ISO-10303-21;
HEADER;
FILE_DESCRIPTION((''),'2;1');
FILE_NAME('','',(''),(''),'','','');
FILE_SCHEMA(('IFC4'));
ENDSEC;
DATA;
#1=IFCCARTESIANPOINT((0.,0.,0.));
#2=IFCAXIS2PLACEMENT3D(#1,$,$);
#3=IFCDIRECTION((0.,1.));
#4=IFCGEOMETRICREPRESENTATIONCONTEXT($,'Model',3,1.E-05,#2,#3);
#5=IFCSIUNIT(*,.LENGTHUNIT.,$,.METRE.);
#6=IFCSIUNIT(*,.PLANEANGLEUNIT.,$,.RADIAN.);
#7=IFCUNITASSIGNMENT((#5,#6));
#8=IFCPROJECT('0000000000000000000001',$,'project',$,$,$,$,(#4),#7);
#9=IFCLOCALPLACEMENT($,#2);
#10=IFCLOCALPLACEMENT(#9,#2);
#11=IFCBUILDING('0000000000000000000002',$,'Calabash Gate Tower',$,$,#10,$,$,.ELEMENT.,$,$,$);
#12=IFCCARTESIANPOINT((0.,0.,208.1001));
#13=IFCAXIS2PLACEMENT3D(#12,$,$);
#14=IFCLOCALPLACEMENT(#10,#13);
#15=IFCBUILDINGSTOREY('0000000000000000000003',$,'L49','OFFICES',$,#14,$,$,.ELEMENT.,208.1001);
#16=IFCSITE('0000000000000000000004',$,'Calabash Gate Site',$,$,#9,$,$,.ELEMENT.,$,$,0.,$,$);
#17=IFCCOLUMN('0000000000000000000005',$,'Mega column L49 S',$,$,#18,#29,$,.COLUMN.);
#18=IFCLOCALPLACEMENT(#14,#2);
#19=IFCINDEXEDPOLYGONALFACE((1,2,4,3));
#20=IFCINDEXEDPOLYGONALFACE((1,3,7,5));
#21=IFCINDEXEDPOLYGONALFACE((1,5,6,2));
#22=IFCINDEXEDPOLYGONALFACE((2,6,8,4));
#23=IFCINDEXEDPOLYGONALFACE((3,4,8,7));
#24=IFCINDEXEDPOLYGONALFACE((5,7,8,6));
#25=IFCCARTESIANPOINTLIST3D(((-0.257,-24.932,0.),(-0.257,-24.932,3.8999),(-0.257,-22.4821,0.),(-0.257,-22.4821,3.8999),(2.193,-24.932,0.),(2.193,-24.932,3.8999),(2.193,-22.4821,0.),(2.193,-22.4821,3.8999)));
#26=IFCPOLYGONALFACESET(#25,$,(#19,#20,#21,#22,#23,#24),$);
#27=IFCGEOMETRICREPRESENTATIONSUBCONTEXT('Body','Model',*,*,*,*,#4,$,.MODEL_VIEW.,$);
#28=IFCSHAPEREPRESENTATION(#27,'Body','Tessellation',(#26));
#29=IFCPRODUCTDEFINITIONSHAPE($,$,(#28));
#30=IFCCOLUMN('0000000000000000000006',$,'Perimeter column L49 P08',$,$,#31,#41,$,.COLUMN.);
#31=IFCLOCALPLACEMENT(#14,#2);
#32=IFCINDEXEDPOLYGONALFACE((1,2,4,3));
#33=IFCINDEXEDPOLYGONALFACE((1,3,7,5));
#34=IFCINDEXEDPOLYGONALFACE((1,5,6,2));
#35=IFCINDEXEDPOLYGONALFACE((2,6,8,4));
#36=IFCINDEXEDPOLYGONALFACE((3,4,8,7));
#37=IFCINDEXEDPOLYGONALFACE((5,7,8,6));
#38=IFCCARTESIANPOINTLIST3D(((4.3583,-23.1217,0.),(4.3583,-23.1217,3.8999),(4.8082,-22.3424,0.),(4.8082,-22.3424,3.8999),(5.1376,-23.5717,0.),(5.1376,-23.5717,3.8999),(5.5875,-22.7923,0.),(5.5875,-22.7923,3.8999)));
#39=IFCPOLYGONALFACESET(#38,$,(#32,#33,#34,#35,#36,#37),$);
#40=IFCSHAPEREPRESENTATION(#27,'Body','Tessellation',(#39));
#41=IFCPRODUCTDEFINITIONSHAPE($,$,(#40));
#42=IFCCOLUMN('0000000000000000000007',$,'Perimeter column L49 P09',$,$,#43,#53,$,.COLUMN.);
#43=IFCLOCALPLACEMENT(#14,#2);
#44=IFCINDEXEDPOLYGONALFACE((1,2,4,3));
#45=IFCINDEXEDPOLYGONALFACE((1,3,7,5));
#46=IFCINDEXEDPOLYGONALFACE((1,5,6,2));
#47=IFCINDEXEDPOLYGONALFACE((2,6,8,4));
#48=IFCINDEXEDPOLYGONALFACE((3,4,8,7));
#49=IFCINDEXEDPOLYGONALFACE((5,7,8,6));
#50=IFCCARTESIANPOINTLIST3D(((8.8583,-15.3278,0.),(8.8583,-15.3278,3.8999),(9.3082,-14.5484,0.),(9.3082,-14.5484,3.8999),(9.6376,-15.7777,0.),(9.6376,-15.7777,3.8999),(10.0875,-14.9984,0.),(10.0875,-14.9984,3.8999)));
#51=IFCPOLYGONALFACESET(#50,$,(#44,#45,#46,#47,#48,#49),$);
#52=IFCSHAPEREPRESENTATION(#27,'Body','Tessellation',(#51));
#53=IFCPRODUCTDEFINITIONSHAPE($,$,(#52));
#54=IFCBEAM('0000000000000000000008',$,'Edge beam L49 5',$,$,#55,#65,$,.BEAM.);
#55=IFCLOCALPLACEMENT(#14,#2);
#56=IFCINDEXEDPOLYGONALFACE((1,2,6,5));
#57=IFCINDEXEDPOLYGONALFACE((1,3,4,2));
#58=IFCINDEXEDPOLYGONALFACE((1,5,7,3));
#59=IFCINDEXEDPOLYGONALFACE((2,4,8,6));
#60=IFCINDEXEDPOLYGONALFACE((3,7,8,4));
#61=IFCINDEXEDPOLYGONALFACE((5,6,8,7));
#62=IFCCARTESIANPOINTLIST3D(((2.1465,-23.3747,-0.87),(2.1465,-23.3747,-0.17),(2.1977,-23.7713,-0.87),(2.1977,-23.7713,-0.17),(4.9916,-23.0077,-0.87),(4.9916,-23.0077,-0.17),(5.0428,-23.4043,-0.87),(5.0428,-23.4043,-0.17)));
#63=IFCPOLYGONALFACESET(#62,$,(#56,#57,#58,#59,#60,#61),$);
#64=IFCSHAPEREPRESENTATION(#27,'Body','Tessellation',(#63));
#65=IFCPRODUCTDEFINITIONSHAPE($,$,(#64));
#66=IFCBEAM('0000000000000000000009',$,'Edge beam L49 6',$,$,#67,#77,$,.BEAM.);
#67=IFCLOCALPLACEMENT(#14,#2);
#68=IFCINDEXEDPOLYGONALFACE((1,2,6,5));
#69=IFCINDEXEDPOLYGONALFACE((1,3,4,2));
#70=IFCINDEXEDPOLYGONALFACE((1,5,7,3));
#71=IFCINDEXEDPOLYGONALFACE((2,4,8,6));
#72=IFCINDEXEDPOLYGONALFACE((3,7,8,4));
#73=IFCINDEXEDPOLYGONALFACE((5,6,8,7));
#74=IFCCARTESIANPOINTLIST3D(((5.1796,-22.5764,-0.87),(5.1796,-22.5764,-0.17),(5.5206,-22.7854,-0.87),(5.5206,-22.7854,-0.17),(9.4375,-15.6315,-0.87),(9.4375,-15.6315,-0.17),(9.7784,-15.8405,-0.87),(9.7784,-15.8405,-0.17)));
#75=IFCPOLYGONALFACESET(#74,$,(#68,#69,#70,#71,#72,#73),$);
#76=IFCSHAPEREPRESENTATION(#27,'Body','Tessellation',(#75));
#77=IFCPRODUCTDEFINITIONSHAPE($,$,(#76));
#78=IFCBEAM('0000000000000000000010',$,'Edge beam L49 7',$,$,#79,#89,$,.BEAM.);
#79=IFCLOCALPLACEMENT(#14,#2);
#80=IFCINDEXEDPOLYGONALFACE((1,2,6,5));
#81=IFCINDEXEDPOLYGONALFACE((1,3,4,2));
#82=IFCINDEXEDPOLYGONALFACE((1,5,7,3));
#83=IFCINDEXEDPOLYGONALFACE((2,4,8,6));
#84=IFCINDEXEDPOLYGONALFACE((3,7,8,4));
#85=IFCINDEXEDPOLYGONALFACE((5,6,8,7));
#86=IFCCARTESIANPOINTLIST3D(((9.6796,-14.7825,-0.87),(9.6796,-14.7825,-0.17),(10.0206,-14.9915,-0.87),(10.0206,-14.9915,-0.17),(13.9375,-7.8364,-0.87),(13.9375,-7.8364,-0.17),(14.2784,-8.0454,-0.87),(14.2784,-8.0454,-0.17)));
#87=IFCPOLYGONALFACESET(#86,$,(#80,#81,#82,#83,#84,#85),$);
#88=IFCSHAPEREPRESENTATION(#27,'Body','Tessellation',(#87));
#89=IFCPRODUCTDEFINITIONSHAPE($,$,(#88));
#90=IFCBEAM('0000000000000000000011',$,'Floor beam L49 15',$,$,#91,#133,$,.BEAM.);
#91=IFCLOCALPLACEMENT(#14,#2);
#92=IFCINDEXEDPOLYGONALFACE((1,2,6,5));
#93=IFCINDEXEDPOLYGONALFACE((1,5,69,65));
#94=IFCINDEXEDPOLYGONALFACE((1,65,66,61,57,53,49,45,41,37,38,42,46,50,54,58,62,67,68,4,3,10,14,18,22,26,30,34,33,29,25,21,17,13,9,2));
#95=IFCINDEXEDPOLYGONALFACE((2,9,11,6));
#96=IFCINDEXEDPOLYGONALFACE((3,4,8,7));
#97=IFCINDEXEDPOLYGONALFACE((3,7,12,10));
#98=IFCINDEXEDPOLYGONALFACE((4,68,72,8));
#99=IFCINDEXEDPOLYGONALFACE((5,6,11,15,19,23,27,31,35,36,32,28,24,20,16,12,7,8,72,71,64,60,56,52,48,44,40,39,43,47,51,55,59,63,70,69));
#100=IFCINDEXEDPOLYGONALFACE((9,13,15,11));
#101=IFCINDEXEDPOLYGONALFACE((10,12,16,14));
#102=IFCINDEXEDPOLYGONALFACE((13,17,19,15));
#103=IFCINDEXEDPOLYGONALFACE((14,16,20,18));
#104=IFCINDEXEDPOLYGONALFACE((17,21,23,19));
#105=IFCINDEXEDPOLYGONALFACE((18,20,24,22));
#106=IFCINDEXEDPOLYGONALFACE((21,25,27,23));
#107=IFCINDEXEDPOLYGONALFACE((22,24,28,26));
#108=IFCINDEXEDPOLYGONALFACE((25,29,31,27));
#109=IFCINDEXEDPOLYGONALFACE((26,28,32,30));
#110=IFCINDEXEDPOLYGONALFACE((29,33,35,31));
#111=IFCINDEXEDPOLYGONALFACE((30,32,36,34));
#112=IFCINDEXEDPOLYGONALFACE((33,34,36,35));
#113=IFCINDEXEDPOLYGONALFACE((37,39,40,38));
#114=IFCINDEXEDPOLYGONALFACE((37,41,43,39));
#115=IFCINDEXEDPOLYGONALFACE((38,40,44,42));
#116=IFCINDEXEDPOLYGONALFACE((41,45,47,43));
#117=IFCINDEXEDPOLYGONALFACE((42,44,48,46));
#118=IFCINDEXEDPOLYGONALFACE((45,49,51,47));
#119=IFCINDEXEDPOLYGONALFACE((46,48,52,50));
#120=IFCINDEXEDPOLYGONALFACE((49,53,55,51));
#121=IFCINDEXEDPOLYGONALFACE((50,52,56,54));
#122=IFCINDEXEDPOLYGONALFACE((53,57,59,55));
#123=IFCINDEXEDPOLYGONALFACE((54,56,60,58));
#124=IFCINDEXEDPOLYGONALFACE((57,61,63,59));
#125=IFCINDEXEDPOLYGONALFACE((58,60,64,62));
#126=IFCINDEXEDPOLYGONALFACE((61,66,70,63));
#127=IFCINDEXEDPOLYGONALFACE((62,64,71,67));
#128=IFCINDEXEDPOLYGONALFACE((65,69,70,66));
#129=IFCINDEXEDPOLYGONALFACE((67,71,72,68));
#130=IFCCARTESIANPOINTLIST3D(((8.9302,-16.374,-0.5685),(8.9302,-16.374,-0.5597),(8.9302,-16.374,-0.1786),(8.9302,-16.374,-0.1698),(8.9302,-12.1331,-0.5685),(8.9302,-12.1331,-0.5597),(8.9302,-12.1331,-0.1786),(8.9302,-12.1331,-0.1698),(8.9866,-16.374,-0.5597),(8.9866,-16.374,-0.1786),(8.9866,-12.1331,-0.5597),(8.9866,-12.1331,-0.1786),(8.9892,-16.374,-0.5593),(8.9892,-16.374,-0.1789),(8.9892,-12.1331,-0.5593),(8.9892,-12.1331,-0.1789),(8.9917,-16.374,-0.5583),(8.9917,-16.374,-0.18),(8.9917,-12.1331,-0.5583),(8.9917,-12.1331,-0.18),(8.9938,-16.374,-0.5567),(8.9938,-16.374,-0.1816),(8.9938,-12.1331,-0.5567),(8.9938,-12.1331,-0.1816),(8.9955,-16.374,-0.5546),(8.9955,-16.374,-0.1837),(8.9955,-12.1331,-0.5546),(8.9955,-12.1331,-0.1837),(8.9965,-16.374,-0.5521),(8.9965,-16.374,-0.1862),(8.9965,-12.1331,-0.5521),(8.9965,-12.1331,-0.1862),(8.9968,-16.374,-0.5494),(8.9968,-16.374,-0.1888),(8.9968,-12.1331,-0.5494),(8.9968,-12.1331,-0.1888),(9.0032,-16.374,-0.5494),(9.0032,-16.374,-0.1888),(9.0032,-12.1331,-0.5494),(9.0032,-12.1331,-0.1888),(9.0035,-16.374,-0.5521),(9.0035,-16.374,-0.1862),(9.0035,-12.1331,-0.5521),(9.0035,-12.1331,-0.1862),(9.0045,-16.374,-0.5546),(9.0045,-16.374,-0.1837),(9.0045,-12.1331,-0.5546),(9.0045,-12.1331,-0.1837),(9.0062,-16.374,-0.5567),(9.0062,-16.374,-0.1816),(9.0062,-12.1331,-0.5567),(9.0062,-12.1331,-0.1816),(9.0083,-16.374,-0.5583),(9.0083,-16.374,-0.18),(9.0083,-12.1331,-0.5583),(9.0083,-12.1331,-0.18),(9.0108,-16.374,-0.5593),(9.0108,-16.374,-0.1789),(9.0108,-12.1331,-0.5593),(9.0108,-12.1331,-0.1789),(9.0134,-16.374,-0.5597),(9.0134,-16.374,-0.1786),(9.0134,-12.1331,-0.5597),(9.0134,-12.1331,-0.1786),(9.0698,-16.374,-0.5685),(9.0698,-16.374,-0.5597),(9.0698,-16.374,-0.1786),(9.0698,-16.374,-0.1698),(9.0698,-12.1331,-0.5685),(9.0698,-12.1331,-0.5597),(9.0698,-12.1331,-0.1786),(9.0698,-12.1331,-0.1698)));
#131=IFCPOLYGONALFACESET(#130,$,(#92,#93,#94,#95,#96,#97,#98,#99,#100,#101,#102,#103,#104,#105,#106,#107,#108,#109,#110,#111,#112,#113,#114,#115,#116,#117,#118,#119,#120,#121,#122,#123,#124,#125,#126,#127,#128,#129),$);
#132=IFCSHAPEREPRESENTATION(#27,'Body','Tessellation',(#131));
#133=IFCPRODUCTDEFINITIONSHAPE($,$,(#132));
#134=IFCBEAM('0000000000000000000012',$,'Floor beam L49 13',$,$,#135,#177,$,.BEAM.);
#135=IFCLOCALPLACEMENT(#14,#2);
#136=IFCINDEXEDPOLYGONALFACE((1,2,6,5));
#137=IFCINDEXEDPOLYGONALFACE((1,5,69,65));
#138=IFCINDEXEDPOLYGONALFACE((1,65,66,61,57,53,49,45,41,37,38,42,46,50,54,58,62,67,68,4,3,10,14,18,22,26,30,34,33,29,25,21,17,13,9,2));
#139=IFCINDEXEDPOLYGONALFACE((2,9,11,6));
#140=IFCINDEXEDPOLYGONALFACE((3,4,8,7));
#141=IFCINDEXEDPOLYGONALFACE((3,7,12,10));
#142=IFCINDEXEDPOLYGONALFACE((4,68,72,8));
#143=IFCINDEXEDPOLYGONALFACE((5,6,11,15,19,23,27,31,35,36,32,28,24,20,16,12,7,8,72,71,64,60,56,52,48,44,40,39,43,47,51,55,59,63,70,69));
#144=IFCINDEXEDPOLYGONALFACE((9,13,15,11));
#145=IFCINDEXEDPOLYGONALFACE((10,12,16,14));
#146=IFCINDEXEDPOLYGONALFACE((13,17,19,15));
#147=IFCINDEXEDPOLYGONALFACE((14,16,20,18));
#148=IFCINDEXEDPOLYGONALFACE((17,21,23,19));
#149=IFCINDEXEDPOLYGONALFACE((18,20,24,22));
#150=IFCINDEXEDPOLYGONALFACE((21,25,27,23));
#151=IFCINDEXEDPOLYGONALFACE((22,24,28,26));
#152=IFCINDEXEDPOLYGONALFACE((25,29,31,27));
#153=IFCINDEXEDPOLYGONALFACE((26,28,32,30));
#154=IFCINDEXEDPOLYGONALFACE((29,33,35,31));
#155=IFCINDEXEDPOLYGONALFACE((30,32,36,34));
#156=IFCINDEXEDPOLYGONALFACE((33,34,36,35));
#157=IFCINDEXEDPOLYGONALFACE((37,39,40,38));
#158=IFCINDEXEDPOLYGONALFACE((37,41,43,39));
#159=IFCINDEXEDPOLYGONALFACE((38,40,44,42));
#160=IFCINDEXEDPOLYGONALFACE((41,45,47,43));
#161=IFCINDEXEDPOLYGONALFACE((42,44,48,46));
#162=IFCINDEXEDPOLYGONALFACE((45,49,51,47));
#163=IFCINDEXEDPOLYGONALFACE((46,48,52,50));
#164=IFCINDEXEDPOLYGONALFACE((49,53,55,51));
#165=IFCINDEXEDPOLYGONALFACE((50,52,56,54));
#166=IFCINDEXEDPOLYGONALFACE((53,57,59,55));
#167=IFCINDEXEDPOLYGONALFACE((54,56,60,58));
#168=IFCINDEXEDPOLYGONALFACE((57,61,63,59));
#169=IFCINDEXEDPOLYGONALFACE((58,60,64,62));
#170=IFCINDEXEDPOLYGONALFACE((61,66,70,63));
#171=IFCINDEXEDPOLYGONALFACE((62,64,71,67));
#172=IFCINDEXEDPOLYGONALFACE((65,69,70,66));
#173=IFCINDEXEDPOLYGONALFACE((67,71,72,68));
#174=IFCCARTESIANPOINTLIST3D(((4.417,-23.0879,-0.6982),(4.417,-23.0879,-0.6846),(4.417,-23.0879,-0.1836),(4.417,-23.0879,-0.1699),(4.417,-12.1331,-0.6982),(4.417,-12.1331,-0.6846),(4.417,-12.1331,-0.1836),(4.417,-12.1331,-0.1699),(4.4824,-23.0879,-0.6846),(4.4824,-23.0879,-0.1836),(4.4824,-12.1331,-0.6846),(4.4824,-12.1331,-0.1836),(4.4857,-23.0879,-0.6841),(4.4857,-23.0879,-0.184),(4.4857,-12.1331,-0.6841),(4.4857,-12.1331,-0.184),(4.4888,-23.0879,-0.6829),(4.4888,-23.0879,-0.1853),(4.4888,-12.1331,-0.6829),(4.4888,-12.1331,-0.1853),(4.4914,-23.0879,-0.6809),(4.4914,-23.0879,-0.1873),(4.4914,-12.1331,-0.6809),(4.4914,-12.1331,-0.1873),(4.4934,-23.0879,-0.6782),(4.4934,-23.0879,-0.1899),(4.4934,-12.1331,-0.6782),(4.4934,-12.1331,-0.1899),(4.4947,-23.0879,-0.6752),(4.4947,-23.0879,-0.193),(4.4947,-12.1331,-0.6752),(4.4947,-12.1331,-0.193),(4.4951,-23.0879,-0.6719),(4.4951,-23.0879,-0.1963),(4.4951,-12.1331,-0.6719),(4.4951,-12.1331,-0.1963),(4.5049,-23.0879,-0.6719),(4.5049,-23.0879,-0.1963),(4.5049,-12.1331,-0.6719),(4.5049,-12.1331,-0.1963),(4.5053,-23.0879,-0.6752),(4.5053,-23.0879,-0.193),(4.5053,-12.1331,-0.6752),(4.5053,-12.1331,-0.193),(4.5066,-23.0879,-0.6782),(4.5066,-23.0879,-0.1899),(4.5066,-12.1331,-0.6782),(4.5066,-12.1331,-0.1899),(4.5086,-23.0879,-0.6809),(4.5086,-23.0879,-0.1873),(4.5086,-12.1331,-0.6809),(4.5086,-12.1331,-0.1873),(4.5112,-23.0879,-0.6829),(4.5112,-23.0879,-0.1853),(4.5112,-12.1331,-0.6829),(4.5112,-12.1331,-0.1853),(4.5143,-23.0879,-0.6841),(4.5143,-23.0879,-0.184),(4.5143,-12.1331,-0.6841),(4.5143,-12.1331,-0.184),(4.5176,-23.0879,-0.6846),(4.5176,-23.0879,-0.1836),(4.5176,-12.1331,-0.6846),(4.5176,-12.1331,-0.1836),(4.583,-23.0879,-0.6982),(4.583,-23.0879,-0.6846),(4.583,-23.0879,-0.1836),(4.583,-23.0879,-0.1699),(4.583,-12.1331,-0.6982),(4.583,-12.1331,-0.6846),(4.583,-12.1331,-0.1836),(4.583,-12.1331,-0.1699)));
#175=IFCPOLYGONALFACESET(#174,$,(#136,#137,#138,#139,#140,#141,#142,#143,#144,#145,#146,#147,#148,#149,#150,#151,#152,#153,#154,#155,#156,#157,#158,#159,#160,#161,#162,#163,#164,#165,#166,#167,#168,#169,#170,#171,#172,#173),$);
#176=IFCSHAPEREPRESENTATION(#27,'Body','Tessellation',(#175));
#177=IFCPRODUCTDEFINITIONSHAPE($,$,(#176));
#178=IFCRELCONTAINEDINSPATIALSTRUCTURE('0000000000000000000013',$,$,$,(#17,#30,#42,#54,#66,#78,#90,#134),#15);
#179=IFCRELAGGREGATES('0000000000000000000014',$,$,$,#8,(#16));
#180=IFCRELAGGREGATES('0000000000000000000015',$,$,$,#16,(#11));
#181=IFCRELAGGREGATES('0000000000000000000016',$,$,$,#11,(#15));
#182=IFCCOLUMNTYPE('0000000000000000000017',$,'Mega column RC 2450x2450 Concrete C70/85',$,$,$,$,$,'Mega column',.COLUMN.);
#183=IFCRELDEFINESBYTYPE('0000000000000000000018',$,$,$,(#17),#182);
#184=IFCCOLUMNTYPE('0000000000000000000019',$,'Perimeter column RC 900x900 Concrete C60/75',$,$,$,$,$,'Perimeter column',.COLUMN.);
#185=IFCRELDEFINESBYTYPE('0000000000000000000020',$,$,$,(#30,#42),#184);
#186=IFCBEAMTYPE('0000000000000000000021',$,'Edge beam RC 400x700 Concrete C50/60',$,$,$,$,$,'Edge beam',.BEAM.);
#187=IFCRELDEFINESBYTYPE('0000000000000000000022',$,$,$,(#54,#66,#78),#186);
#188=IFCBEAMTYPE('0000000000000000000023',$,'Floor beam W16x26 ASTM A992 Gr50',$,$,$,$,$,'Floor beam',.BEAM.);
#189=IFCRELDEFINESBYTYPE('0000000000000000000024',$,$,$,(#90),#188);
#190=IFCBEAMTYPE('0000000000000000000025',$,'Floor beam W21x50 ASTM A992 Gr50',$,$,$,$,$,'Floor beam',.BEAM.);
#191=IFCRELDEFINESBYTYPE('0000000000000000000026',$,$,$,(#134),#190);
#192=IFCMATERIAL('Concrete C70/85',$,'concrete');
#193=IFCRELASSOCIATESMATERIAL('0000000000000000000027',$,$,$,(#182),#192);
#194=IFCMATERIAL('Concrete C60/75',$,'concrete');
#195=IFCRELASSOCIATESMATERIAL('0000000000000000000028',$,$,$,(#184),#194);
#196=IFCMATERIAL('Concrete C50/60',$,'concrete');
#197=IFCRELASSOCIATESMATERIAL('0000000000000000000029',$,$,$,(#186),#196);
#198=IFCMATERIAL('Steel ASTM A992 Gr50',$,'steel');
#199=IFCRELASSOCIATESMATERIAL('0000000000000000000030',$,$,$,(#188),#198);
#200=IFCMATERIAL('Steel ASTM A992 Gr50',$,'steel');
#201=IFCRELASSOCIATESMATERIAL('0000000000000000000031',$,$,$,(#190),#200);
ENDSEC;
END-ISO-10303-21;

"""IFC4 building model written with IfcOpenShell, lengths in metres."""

from ifc_helpers import new_model, si_unit, direction, frame, origin, origin_2d, place, context, subcontext, project, spatial, rectangle, i_section, extrude, material, material_profile, profile_set, type_object, element, save


model = new_model("IFC4")

# Units and contexts
model_context = context("Model", 3, precision=1e-05, world=origin(), true_north=direction((0.0, 1.0)))
body_context = subcontext(model_context, "Body", "Model", "MODEL_VIEW")
ifc_project = project(units=[si_unit("LENGTHUNIT", "METRE"), si_unit("PLANEANGLEUNIT", "RADIAN")], contexts=[model_context])

# Site, building, storey
site_placement = place(None, origin())
site = spatial("IfcSite", under=ifc_project, at=site_placement, Name="Calabash Gate Site", CompositionType="ELEMENT", RefElevation=0.0)
building_placement = place(site_placement, origin())
building = spatial("IfcBuilding", under=site, at=building_placement, Name="Calabash Gate Tower", CompositionType="ELEMENT")
storey_placement = place(building_placement, frame((0.0, 0.0, 208.1001)))
storey = spatial("IfcBuildingStorey", under=building, at=storey_placement, Name="L49", Description="OFFICES", CompositionType="ELEMENT", Elevation=208.1001)

# Columns
ifc_material_1 = material(Name="Concrete C70/85", Category="concrete")
ifc_material_profile_1 = material_profile(ifc_material_1, rectangle(XDim=2.45, YDim=2.45, at=origin_2d()))
ifc_profile_set_1 = profile_set([ifc_material_profile_1], Name="Concrete C70/85")
column_type_1 = type_object("IfcColumnType", Name="Mega column RC 2450x2450 Concrete C70/85", ElementType="Mega column", PredefinedType="COLUMN", material=ifc_profile_set_1)
column_placement = place(storey_placement, frame((0.968, -23.707, 0.0), z_axis=(0.0, 0.0, 1.0), x_axis=(0.0, 1.0, 0.0)))
element("IfcColumn", 1, at=column_placement, inside=storey, type_object=column_type_1, Name="Mega column L49 S", PredefinedType="COLUMN", context=body_context, shape_type="SweptSolid", body=[
    extrude(rectangle(XDim=2.45, YDim=2.45, at=origin_2d()), origin(), (0.0, 0.0, 1.0), 3.8999),
])
ifc_material_2 = material(Name="Concrete C60/75", Category="concrete")
ifc_material_profile_2 = material_profile(ifc_material_2, rectangle(XDim=0.8999, YDim=0.8999, at=origin_2d()))
ifc_profile_set_2 = profile_set([ifc_material_profile_2], Name="Concrete C60/75")
column_type_2 = type_object("IfcColumnType", Name="Perimeter column RC 900x900 Concrete C60/75", ElementType="Perimeter column", PredefinedType="COLUMN", material=ifc_profile_set_2)
for number, where, z_axis, x_axis, name in (
    (2, (4.9729, -22.957, 0.0), (0.0, 0.0, 1.0), (0.5, 0.866025, 0.0), "Perimeter column L49 P08"),
    (3, (9.4729, -15.1631, 0.0), (0.0, 0.0, 1.0), (0.5, 0.866025, 0.0), "Perimeter column L49 P09"),
):
    element("IfcColumn", number, at=place(storey_placement, frame(where, z_axis=z_axis, x_axis=x_axis)), inside=storey, type_object=column_type_2, Name=name, PredefinedType="COLUMN", context=body_context, shape_type="SweptSolid", body=[
        extrude(rectangle(XDim=0.8999, YDim=0.8999, at=origin_2d()), origin(), (0.0, 0.0, 1.0), 3.8999),
    ])

# Beams
ifc_material_3 = material(Name="Concrete C50/60", Category="concrete")
ifc_material_profile_3 = material_profile(ifc_material_3, rectangle(XDim=0.3999, YDim=0.7, at=origin_2d()))
ifc_profile_set_3 = profile_set([ifc_material_profile_3], Name="Concrete C50/60")
beam_type_1 = type_object("IfcBeamType", Name="Edge beam RC 400x700 Concrete C50/60", ElementType="Edge beam", PredefinedType="BEAM", material=ifc_profile_set_3)
beam_1_placement = place(storey_placement, frame((2.1721, -23.573, -0.52), z_axis=(0.991784, 0.12792, 0.0), x_axis=(-0.12792, 0.991784, 0.0)))
element("IfcBeam", 4, at=beam_1_placement, inside=storey, type_object=beam_type_1, Name="Edge beam L49 5", PredefinedType="BEAM", context=body_context, shape_type="SweptSolid", body=[
    extrude(rectangle(XDim=0.3999, YDim=0.7, at=origin_2d()), origin(), (0.0, 0.0, 1.0), 2.8687),
])
beam_2_placement = place(storey_placement, frame((5.3501, -22.6809, -0.52), z_axis=(0.522679, 0.85253, 0.0), x_axis=(-0.85253, 0.522679, 0.0)))
element("IfcBeam", 5, at=beam_2_placement, inside=storey, type_object=beam_type_1, Name="Edge beam L49 6", PredefinedType="BEAM", context=body_context, shape_type="SweptSolid", body=[
    extrude(rectangle(XDim=0.3999, YDim=0.7, at=origin_2d()), origin(), (0.0, 0.0, 1.0), 8.1462),
])
beam_3_placement = place(storey_placement, frame((9.8501, -14.887, -0.52), z_axis=(0.522612, 0.852571, 0.0), x_axis=(-0.852571, 0.522612, 0.0)))
element("IfcBeam", 6, at=beam_3_placement, inside=storey, type_object=beam_type_1, Name="Edge beam L49 7", PredefinedType="BEAM", context=body_context, shape_type="SweptSolid", body=[
    extrude(rectangle(XDim=0.3999, YDim=0.7, at=origin_2d()), origin(), (0.0, 0.0, 1.0), 8.1472),
])
ifc_material_4 = material(Name="Steel ASTM A992 Gr50", Category="steel")
ifc_material_profile_4 = material_profile(ifc_material_4, i_section(OverallWidth=0.1396, OverallDepth=0.3987, WebThickness=0.0063, FlangeThickness=0.0088, FilletRadius=0.0103, at=origin_2d()))
ifc_profile_set_4 = profile_set([ifc_material_profile_4], Name="Steel ASTM A992 Gr50")
beam_type_2 = type_object("IfcBeamType", Name="Floor beam W16x26 ASTM A992 Gr50", ElementType="Floor beam", PredefinedType="BEAM", material=ifc_profile_set_4)
beam_4_placement = place(storey_placement, frame((9.0, -16.374, -0.3691), z_axis=(0.0, 1.0, 0.0), x_axis=(-1.0, 0.0, 0.0)))
element("IfcBeam", 7, at=beam_4_placement, inside=storey, type_object=beam_type_2, Name="Floor beam L49 15", PredefinedType="BEAM", context=body_context, shape_type="SweptSolid", body=[
    extrude(i_section(OverallWidth=0.1396, OverallDepth=0.3987, WebThickness=0.0063, FlangeThickness=0.0088, FilletRadius=0.0103, at=origin_2d()), origin(), (0.0, 0.0, 1.0), 4.241),
])
ifc_material_5 = material(Name="Steel ASTM A992 Gr50", Category="steel")
ifc_material_profile_5 = material_profile(ifc_material_5, i_section(OverallWidth=0.166, OverallDepth=0.5283, WebThickness=0.0098, FlangeThickness=0.0137, FilletRadius=0.0127, at=origin_2d()))
ifc_profile_set_5 = profile_set([ifc_material_profile_5], Name="Steel ASTM A992 Gr50")
beam_type_3 = type_object("IfcBeamType", Name="Floor beam W21x50 ASTM A992 Gr50", ElementType="Floor beam", PredefinedType="BEAM", material=ifc_profile_set_5)
beam_5_placement = place(storey_placement, frame((4.5, -23.0879, -0.4341), z_axis=(0.0, 1.0, 0.0), x_axis=(-1.0, 0.0, 0.0)))
element("IfcBeam", 8, at=beam_5_placement, inside=storey, type_object=beam_type_3, Name="Floor beam L49 13", PredefinedType="BEAM", context=body_context, shape_type="SweptSolid", body=[
    extrude(i_section(OverallWidth=0.166, OverallDepth=0.5283, WebThickness=0.0098, FlangeThickness=0.0137, FilletRadius=0.0127, at=origin_2d()), origin(), (0.0, 0.0, 1.0), 10.9548),
])

save(model, "model.ifc")
